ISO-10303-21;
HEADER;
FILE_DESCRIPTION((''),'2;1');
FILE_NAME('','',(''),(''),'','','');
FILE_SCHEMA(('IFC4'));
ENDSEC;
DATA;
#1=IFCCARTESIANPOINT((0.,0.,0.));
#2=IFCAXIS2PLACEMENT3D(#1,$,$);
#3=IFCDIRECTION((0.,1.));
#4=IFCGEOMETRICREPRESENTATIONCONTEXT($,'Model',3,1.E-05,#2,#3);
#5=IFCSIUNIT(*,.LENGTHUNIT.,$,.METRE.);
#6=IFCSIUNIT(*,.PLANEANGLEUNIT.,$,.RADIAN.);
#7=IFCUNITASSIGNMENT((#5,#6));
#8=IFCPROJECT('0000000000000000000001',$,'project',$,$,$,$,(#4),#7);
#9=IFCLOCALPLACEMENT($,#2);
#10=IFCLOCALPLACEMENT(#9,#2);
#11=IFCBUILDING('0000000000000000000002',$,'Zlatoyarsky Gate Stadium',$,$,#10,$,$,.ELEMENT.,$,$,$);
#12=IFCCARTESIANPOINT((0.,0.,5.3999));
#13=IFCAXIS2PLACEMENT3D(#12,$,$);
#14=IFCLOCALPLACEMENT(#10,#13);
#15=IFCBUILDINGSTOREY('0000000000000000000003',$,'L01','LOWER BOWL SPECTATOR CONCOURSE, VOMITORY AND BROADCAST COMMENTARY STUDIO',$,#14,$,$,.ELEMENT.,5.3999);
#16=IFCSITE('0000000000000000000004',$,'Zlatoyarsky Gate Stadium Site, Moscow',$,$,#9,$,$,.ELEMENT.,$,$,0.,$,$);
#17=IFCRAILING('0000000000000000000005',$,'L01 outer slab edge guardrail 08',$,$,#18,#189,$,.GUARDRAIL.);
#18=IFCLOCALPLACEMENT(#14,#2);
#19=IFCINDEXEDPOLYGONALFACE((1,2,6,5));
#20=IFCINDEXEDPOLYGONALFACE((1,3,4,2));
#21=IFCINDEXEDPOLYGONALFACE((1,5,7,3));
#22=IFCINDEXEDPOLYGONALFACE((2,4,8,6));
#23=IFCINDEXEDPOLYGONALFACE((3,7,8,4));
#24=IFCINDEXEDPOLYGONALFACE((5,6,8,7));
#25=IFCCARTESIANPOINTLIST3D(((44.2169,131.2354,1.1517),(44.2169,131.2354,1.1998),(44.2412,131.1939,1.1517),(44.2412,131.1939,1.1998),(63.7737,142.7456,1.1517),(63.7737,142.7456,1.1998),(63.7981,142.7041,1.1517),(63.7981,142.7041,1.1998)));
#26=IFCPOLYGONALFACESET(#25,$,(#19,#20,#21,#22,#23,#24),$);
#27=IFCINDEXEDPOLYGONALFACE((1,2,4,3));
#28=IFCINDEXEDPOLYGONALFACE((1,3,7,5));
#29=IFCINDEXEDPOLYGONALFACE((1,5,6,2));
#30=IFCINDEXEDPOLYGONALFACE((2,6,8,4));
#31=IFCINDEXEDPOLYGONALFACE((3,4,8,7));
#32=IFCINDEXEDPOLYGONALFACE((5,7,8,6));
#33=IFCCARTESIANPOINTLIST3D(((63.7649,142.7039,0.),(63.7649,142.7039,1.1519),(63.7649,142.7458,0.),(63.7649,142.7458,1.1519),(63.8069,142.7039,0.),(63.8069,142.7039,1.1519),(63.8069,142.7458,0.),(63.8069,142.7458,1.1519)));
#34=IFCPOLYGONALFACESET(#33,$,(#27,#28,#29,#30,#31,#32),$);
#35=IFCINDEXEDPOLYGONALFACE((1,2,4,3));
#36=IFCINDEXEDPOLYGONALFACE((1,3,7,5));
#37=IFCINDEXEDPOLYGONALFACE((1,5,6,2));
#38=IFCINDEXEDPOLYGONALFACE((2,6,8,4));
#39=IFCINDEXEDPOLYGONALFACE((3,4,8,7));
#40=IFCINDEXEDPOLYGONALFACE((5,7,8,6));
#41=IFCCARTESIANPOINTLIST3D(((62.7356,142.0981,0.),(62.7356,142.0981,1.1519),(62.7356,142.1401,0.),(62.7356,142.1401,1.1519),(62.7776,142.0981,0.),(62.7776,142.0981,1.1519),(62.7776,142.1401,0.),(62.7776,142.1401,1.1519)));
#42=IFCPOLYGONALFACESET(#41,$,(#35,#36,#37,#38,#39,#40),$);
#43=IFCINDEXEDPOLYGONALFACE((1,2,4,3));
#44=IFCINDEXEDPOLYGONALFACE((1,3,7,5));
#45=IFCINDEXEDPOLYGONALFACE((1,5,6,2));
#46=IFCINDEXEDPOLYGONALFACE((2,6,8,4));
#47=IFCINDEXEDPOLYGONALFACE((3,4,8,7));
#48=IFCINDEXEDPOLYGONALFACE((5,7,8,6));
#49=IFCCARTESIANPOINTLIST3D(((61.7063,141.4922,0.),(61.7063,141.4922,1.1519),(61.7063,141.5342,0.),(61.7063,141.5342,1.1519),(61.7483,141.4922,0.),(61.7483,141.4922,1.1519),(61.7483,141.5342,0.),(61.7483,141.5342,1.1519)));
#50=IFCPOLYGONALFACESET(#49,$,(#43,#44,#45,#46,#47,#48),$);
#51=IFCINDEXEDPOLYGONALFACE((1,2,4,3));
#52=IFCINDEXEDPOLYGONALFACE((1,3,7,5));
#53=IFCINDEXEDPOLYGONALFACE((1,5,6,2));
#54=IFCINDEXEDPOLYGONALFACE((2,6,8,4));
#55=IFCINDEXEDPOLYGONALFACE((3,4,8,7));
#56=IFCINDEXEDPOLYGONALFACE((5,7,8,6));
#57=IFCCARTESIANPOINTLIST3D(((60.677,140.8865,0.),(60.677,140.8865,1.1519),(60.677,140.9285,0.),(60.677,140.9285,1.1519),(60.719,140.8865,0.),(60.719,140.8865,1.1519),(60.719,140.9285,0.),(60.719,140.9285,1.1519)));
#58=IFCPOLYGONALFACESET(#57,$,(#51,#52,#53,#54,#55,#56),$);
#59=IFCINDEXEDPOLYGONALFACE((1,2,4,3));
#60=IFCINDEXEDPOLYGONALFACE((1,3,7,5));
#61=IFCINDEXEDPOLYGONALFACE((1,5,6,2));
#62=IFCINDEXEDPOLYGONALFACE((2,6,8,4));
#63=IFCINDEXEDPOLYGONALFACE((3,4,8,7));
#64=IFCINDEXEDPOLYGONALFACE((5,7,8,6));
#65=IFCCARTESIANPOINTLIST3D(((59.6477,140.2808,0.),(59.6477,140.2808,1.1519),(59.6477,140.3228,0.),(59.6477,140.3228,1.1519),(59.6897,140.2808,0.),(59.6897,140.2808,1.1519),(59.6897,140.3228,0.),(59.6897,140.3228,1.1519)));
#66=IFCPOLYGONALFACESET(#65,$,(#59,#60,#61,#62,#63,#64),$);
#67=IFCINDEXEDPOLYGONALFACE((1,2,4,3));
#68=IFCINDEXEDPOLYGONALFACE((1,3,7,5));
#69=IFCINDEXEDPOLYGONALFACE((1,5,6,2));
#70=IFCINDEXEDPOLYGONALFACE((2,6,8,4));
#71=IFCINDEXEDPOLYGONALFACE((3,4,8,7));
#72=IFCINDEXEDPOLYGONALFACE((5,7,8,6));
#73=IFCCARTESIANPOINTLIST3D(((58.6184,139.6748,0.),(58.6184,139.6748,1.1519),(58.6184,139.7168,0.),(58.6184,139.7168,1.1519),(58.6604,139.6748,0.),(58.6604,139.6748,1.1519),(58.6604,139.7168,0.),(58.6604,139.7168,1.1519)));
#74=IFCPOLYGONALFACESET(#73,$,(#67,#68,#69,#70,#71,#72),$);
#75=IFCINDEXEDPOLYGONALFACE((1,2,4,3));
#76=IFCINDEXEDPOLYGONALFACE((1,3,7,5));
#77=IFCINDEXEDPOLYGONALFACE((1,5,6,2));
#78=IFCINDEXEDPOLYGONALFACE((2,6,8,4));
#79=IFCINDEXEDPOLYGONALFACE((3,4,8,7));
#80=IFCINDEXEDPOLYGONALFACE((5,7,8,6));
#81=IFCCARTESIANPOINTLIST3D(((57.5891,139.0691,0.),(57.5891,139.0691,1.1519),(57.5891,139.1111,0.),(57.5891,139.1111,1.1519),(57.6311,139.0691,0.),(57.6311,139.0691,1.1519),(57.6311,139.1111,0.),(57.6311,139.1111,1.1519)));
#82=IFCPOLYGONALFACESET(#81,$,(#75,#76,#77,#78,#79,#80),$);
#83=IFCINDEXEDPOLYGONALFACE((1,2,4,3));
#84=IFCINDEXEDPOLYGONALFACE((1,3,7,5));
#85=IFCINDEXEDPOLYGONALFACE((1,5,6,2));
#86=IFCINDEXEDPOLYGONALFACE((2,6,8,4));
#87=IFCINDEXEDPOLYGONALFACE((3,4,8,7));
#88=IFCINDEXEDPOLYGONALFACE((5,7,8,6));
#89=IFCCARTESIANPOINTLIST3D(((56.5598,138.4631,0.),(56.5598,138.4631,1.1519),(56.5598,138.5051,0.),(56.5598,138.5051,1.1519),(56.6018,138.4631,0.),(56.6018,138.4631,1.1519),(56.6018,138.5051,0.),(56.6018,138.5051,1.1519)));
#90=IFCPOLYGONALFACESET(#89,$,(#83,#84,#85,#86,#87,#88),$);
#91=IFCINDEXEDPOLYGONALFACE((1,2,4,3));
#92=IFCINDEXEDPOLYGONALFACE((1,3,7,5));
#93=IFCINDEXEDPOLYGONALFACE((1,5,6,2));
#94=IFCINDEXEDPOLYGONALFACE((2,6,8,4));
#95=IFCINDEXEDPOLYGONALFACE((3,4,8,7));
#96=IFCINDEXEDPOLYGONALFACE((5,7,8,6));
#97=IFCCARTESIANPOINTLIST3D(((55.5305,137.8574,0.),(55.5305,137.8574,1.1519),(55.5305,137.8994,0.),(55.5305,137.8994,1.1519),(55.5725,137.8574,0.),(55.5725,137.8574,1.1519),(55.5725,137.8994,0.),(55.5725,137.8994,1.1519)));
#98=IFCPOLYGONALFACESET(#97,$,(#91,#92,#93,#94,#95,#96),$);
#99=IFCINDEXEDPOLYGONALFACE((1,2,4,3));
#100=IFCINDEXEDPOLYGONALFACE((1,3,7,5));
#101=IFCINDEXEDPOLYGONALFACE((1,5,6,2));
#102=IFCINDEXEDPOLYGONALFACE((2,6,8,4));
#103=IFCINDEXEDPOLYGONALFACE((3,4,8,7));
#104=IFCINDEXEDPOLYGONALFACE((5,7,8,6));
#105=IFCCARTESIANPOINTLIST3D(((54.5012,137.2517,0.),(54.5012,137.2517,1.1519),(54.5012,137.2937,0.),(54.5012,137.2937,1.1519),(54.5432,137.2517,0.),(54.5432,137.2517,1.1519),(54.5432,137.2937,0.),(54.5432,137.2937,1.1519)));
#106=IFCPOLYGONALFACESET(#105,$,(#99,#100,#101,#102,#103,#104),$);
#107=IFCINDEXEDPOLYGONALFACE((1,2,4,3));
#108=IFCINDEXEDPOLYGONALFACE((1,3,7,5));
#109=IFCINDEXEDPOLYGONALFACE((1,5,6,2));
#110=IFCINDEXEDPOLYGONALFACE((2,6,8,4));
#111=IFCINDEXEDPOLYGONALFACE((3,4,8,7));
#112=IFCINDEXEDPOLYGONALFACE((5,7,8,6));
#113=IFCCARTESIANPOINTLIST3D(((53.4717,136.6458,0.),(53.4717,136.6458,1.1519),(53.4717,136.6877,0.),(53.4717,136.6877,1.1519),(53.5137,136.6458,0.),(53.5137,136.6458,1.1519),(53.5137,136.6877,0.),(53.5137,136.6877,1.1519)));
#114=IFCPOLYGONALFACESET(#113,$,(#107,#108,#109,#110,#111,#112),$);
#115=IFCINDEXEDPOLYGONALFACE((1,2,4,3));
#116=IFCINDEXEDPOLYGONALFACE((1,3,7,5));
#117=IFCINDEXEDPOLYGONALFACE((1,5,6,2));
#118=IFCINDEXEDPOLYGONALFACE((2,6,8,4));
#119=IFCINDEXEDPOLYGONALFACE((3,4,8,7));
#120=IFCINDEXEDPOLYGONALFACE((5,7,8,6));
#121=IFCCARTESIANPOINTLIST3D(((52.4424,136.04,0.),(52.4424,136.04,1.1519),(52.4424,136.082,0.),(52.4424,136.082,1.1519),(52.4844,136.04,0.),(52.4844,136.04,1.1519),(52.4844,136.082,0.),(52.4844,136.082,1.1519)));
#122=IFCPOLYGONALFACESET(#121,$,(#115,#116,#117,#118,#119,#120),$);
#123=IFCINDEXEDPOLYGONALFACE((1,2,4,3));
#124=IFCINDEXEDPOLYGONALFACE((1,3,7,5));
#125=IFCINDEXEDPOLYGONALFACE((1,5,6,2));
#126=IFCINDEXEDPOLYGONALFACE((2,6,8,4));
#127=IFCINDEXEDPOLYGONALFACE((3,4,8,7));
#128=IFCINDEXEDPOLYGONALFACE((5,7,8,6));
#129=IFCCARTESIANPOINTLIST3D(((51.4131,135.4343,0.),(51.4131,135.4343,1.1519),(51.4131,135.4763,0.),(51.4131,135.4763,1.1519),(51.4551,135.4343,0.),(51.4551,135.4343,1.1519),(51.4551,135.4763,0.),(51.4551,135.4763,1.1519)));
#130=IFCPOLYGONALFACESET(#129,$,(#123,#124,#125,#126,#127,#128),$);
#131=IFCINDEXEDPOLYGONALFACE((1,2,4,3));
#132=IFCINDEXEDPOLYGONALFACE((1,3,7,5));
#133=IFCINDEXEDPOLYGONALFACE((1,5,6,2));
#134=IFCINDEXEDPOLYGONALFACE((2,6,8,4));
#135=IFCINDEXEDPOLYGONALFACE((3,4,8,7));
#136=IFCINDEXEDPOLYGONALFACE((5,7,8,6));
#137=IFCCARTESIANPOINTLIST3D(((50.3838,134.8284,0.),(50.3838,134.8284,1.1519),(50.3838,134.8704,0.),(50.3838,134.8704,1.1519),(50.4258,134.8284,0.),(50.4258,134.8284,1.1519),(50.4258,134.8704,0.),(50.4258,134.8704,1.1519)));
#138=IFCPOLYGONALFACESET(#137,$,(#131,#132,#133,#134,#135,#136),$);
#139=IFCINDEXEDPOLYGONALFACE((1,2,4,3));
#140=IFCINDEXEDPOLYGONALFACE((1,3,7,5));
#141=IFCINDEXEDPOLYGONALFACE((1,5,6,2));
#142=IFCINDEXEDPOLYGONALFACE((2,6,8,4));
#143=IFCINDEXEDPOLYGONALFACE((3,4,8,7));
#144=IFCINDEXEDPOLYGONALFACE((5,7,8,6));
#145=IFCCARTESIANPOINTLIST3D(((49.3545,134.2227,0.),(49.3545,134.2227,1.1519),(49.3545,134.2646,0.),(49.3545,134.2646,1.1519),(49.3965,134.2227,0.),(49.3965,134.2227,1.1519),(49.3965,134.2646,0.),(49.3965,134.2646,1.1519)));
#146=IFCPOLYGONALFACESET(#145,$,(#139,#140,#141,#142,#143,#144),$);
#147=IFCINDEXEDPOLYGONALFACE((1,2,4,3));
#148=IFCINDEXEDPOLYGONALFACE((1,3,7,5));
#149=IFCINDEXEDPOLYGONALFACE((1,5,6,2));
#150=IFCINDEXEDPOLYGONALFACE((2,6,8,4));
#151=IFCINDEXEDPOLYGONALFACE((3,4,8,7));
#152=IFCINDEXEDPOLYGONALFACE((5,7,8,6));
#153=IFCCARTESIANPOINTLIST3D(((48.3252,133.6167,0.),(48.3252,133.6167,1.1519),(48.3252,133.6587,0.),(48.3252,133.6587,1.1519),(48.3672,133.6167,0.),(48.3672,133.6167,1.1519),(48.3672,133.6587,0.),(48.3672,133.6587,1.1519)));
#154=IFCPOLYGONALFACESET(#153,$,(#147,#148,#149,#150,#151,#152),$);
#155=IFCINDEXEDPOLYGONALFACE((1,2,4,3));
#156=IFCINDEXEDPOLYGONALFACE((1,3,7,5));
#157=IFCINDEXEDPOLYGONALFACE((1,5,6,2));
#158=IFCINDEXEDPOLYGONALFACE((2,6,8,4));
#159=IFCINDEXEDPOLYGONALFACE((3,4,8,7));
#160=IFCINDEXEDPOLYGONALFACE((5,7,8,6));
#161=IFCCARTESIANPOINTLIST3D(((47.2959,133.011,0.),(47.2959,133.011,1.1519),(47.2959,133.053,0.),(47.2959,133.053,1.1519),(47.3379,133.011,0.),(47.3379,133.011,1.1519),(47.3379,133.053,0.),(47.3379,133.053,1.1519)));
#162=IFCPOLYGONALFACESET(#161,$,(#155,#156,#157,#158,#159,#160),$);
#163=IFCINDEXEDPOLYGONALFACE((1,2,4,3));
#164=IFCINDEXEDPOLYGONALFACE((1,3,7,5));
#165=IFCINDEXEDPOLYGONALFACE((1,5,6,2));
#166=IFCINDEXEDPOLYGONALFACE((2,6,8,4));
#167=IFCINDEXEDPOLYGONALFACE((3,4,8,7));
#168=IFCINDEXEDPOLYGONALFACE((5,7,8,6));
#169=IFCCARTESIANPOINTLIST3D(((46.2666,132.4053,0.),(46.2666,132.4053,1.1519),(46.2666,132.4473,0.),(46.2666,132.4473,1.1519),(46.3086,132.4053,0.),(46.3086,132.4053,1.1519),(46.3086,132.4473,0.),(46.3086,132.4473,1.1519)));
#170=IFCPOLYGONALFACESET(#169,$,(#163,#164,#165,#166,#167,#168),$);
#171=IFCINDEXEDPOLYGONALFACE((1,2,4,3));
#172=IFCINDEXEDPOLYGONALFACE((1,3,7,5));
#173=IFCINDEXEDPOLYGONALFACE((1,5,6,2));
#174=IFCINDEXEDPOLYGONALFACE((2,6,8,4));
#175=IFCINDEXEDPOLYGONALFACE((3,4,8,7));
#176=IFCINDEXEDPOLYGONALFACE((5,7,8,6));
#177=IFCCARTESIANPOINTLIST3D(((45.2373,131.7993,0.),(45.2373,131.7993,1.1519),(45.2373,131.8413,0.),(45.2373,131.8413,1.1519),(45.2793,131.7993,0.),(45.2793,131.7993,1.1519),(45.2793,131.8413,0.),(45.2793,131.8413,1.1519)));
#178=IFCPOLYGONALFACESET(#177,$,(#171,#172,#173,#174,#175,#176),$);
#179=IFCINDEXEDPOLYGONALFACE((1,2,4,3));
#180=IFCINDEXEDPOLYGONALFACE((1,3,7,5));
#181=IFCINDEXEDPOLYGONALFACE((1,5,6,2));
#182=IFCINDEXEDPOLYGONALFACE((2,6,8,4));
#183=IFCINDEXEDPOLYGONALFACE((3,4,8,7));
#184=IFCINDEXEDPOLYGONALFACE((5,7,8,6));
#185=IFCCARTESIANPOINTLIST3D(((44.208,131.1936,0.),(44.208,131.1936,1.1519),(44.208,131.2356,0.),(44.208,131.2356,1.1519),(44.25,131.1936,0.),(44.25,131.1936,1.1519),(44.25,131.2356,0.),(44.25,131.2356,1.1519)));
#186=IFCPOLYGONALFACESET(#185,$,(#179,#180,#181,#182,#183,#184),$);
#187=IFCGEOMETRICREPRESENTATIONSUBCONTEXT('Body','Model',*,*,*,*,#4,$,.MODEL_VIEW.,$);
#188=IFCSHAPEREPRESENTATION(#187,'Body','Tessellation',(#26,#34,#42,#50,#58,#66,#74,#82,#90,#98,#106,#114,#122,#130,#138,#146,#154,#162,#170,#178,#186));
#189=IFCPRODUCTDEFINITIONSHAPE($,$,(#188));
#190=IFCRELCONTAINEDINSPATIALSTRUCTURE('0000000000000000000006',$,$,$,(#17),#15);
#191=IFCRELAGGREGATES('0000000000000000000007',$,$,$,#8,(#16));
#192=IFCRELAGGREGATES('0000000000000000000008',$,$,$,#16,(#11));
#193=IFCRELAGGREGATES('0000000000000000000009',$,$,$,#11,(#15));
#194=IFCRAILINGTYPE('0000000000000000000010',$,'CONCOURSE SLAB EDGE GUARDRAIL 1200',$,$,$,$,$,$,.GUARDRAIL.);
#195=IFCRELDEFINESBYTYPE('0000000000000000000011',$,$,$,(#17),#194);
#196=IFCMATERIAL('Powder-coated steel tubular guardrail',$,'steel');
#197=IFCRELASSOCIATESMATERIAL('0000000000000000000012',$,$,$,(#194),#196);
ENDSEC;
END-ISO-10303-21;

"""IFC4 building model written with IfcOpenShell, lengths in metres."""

from ifc_helpers import new_model, si_unit, direction, frame, origin, origin_2d, place, context, subcontext, project, spatial, rectangle, extrude, material, type_object, element, save


model = new_model("IFC4")

# Units and contexts
model_context = context("Model", 3, precision=1e-05, world=origin(), true_north=direction((0.0, 1.0)))
body_context = subcontext(model_context, "Body", "Model", "MODEL_VIEW")
ifc_project = project(units=[si_unit("LENGTHUNIT", "METRE"), si_unit("PLANEANGLEUNIT", "RADIAN")], contexts=[model_context])

# Site, building, storey
site_placement = place(None, origin())
site = spatial("IfcSite", under=ifc_project, at=site_placement, Name="Zlatoyarsky Gate Stadium Site, Moscow", CompositionType="ELEMENT", RefElevation=0.0)
building_placement = place(site_placement, origin())
building = spatial("IfcBuilding", under=site, at=building_placement, Name="Zlatoyarsky Gate Stadium", CompositionType="ELEMENT")
storey_placement = place(building_placement, frame((0.0, 0.0, 5.3999)))
storey = spatial("IfcBuildingStorey", under=building, at=storey_placement, Name="L01", Description="LOWER BOWL SPECTATOR CONCOURSE, VOMITORY AND BROADCAST COMMENTARY STUDIO", CompositionType="ELEMENT", Elevation=5.3999)

# Railing
ifc_material_1 = material(Name="Powder-coated steel tubular guardrail", Category="steel")
railing_type = type_object("IfcRailingType", Name="CONCOURSE SLAB EDGE GUARDRAIL 1200", PredefinedType="GUARDRAIL", material=ifc_material_1)
railing_1_placement = place(storey_placement, frame((63.7859, 142.7249, 0.0)))
element("IfcRailing", 1, at=railing_1_placement, inside=storey, type_object=railing_type, Name="L01 outer slab edge guardrail 08", PredefinedType="GUARDRAIL", context=body_context, shape_type="SweptSolid", body=[
    extrude(rectangle(XDim=0.0481, YDim=0.0481, at=origin_2d()), frame((0.0, 0.0, 1.1758), z_axis=(-0.861815, -0.507223, 0.0), x_axis=(0.507223, -0.861815, 0.0)), (0.0, 0.0, 1.0), 22.6926),
    extrude(rectangle(XDim=0.042, YDim=0.042, at=origin_2d()), origin(), (0.0, 0.0, 1.0), 1.1519),
    extrude(rectangle(XDim=0.042, YDim=0.042, at=origin_2d()), frame((-1.0293, -0.6057, 0.0)), (0.0, 0.0, 1.0), 1.1519),
    extrude(rectangle(XDim=0.042, YDim=0.042, at=origin_2d()), frame((-2.0586, -1.2117, 0.0)), (0.0, 0.0, 1.0), 1.1519),
    extrude(rectangle(XDim=0.042, YDim=0.042, at=origin_2d()), frame((-3.0879, -1.8174, 0.0)), (0.0, 0.0, 1.0), 1.1519),
    extrude(rectangle(XDim=0.042, YDim=0.042, at=origin_2d()), frame((-4.1172, -2.4231, 0.0)), (0.0, 0.0, 1.0), 1.1519),
    extrude(rectangle(XDim=0.042, YDim=0.042, at=origin_2d()), frame((-5.1465, -3.0291, 0.0)), (0.0, 0.0, 1.0), 1.1519),
    extrude(rectangle(XDim=0.042, YDim=0.042, at=origin_2d()), frame((-6.1758, -3.6348, 0.0)), (0.0, 0.0, 1.0), 1.1519),
    extrude(rectangle(XDim=0.042, YDim=0.042, at=origin_2d()), frame((-7.2051, -4.2407, 0.0)), (0.0, 0.0, 1.0), 1.1519),
    extrude(rectangle(XDim=0.042, YDim=0.042, at=origin_2d()), frame((-8.2344, -4.8464, 0.0)), (0.0, 0.0, 1.0), 1.1519),
    extrude(rectangle(XDim=0.042, YDim=0.042, at=origin_2d()), frame((-9.2637, -5.4521, 0.0)), (0.0, 0.0, 1.0), 1.1519),
    extrude(rectangle(XDim=0.042, YDim=0.042, at=origin_2d()), frame((-10.2932, -6.0581, 0.0)), (0.0, 0.0, 1.0), 1.1519),
    extrude(rectangle(XDim=0.042, YDim=0.042, at=origin_2d()), frame((-11.3225, -6.6638, 0.0)), (0.0, 0.0, 1.0), 1.1519),
    extrude(rectangle(XDim=0.042, YDim=0.042, at=origin_2d()), frame((-12.3518, -7.2695, 0.0)), (0.0, 0.0, 1.0), 1.1519),
    extrude(rectangle(XDim=0.042, YDim=0.042, at=origin_2d()), frame((-13.3811, -7.8755, 0.0)), (0.0, 0.0, 1.0), 1.1519),
    extrude(rectangle(XDim=0.042, YDim=0.042, at=origin_2d()), frame((-14.4104, -8.4812, 0.0)), (0.0, 0.0, 1.0), 1.1519),
    extrude(rectangle(XDim=0.042, YDim=0.042, at=origin_2d()), frame((-15.4397, -9.0872, 0.0)), (0.0, 0.0, 1.0), 1.1519),
    extrude(rectangle(XDim=0.042, YDim=0.042, at=origin_2d()), frame((-16.469, -9.6929, 0.0)), (0.0, 0.0, 1.0), 1.1519),
    extrude(rectangle(XDim=0.042, YDim=0.042, at=origin_2d()), frame((-17.4983, -10.2986, 0.0)), (0.0, 0.0, 1.0), 1.1519),
    extrude(rectangle(XDim=0.042, YDim=0.042, at=origin_2d()), frame((-18.5276, -10.9045, 0.0)), (0.0, 0.0, 1.0), 1.1519),
    extrude(rectangle(XDim=0.042, YDim=0.042, at=origin_2d()), frame((-19.5569, -11.5103, 0.0)), (0.0, 0.0, 1.0), 1.1519),
])

save(model, "model.ifc")
